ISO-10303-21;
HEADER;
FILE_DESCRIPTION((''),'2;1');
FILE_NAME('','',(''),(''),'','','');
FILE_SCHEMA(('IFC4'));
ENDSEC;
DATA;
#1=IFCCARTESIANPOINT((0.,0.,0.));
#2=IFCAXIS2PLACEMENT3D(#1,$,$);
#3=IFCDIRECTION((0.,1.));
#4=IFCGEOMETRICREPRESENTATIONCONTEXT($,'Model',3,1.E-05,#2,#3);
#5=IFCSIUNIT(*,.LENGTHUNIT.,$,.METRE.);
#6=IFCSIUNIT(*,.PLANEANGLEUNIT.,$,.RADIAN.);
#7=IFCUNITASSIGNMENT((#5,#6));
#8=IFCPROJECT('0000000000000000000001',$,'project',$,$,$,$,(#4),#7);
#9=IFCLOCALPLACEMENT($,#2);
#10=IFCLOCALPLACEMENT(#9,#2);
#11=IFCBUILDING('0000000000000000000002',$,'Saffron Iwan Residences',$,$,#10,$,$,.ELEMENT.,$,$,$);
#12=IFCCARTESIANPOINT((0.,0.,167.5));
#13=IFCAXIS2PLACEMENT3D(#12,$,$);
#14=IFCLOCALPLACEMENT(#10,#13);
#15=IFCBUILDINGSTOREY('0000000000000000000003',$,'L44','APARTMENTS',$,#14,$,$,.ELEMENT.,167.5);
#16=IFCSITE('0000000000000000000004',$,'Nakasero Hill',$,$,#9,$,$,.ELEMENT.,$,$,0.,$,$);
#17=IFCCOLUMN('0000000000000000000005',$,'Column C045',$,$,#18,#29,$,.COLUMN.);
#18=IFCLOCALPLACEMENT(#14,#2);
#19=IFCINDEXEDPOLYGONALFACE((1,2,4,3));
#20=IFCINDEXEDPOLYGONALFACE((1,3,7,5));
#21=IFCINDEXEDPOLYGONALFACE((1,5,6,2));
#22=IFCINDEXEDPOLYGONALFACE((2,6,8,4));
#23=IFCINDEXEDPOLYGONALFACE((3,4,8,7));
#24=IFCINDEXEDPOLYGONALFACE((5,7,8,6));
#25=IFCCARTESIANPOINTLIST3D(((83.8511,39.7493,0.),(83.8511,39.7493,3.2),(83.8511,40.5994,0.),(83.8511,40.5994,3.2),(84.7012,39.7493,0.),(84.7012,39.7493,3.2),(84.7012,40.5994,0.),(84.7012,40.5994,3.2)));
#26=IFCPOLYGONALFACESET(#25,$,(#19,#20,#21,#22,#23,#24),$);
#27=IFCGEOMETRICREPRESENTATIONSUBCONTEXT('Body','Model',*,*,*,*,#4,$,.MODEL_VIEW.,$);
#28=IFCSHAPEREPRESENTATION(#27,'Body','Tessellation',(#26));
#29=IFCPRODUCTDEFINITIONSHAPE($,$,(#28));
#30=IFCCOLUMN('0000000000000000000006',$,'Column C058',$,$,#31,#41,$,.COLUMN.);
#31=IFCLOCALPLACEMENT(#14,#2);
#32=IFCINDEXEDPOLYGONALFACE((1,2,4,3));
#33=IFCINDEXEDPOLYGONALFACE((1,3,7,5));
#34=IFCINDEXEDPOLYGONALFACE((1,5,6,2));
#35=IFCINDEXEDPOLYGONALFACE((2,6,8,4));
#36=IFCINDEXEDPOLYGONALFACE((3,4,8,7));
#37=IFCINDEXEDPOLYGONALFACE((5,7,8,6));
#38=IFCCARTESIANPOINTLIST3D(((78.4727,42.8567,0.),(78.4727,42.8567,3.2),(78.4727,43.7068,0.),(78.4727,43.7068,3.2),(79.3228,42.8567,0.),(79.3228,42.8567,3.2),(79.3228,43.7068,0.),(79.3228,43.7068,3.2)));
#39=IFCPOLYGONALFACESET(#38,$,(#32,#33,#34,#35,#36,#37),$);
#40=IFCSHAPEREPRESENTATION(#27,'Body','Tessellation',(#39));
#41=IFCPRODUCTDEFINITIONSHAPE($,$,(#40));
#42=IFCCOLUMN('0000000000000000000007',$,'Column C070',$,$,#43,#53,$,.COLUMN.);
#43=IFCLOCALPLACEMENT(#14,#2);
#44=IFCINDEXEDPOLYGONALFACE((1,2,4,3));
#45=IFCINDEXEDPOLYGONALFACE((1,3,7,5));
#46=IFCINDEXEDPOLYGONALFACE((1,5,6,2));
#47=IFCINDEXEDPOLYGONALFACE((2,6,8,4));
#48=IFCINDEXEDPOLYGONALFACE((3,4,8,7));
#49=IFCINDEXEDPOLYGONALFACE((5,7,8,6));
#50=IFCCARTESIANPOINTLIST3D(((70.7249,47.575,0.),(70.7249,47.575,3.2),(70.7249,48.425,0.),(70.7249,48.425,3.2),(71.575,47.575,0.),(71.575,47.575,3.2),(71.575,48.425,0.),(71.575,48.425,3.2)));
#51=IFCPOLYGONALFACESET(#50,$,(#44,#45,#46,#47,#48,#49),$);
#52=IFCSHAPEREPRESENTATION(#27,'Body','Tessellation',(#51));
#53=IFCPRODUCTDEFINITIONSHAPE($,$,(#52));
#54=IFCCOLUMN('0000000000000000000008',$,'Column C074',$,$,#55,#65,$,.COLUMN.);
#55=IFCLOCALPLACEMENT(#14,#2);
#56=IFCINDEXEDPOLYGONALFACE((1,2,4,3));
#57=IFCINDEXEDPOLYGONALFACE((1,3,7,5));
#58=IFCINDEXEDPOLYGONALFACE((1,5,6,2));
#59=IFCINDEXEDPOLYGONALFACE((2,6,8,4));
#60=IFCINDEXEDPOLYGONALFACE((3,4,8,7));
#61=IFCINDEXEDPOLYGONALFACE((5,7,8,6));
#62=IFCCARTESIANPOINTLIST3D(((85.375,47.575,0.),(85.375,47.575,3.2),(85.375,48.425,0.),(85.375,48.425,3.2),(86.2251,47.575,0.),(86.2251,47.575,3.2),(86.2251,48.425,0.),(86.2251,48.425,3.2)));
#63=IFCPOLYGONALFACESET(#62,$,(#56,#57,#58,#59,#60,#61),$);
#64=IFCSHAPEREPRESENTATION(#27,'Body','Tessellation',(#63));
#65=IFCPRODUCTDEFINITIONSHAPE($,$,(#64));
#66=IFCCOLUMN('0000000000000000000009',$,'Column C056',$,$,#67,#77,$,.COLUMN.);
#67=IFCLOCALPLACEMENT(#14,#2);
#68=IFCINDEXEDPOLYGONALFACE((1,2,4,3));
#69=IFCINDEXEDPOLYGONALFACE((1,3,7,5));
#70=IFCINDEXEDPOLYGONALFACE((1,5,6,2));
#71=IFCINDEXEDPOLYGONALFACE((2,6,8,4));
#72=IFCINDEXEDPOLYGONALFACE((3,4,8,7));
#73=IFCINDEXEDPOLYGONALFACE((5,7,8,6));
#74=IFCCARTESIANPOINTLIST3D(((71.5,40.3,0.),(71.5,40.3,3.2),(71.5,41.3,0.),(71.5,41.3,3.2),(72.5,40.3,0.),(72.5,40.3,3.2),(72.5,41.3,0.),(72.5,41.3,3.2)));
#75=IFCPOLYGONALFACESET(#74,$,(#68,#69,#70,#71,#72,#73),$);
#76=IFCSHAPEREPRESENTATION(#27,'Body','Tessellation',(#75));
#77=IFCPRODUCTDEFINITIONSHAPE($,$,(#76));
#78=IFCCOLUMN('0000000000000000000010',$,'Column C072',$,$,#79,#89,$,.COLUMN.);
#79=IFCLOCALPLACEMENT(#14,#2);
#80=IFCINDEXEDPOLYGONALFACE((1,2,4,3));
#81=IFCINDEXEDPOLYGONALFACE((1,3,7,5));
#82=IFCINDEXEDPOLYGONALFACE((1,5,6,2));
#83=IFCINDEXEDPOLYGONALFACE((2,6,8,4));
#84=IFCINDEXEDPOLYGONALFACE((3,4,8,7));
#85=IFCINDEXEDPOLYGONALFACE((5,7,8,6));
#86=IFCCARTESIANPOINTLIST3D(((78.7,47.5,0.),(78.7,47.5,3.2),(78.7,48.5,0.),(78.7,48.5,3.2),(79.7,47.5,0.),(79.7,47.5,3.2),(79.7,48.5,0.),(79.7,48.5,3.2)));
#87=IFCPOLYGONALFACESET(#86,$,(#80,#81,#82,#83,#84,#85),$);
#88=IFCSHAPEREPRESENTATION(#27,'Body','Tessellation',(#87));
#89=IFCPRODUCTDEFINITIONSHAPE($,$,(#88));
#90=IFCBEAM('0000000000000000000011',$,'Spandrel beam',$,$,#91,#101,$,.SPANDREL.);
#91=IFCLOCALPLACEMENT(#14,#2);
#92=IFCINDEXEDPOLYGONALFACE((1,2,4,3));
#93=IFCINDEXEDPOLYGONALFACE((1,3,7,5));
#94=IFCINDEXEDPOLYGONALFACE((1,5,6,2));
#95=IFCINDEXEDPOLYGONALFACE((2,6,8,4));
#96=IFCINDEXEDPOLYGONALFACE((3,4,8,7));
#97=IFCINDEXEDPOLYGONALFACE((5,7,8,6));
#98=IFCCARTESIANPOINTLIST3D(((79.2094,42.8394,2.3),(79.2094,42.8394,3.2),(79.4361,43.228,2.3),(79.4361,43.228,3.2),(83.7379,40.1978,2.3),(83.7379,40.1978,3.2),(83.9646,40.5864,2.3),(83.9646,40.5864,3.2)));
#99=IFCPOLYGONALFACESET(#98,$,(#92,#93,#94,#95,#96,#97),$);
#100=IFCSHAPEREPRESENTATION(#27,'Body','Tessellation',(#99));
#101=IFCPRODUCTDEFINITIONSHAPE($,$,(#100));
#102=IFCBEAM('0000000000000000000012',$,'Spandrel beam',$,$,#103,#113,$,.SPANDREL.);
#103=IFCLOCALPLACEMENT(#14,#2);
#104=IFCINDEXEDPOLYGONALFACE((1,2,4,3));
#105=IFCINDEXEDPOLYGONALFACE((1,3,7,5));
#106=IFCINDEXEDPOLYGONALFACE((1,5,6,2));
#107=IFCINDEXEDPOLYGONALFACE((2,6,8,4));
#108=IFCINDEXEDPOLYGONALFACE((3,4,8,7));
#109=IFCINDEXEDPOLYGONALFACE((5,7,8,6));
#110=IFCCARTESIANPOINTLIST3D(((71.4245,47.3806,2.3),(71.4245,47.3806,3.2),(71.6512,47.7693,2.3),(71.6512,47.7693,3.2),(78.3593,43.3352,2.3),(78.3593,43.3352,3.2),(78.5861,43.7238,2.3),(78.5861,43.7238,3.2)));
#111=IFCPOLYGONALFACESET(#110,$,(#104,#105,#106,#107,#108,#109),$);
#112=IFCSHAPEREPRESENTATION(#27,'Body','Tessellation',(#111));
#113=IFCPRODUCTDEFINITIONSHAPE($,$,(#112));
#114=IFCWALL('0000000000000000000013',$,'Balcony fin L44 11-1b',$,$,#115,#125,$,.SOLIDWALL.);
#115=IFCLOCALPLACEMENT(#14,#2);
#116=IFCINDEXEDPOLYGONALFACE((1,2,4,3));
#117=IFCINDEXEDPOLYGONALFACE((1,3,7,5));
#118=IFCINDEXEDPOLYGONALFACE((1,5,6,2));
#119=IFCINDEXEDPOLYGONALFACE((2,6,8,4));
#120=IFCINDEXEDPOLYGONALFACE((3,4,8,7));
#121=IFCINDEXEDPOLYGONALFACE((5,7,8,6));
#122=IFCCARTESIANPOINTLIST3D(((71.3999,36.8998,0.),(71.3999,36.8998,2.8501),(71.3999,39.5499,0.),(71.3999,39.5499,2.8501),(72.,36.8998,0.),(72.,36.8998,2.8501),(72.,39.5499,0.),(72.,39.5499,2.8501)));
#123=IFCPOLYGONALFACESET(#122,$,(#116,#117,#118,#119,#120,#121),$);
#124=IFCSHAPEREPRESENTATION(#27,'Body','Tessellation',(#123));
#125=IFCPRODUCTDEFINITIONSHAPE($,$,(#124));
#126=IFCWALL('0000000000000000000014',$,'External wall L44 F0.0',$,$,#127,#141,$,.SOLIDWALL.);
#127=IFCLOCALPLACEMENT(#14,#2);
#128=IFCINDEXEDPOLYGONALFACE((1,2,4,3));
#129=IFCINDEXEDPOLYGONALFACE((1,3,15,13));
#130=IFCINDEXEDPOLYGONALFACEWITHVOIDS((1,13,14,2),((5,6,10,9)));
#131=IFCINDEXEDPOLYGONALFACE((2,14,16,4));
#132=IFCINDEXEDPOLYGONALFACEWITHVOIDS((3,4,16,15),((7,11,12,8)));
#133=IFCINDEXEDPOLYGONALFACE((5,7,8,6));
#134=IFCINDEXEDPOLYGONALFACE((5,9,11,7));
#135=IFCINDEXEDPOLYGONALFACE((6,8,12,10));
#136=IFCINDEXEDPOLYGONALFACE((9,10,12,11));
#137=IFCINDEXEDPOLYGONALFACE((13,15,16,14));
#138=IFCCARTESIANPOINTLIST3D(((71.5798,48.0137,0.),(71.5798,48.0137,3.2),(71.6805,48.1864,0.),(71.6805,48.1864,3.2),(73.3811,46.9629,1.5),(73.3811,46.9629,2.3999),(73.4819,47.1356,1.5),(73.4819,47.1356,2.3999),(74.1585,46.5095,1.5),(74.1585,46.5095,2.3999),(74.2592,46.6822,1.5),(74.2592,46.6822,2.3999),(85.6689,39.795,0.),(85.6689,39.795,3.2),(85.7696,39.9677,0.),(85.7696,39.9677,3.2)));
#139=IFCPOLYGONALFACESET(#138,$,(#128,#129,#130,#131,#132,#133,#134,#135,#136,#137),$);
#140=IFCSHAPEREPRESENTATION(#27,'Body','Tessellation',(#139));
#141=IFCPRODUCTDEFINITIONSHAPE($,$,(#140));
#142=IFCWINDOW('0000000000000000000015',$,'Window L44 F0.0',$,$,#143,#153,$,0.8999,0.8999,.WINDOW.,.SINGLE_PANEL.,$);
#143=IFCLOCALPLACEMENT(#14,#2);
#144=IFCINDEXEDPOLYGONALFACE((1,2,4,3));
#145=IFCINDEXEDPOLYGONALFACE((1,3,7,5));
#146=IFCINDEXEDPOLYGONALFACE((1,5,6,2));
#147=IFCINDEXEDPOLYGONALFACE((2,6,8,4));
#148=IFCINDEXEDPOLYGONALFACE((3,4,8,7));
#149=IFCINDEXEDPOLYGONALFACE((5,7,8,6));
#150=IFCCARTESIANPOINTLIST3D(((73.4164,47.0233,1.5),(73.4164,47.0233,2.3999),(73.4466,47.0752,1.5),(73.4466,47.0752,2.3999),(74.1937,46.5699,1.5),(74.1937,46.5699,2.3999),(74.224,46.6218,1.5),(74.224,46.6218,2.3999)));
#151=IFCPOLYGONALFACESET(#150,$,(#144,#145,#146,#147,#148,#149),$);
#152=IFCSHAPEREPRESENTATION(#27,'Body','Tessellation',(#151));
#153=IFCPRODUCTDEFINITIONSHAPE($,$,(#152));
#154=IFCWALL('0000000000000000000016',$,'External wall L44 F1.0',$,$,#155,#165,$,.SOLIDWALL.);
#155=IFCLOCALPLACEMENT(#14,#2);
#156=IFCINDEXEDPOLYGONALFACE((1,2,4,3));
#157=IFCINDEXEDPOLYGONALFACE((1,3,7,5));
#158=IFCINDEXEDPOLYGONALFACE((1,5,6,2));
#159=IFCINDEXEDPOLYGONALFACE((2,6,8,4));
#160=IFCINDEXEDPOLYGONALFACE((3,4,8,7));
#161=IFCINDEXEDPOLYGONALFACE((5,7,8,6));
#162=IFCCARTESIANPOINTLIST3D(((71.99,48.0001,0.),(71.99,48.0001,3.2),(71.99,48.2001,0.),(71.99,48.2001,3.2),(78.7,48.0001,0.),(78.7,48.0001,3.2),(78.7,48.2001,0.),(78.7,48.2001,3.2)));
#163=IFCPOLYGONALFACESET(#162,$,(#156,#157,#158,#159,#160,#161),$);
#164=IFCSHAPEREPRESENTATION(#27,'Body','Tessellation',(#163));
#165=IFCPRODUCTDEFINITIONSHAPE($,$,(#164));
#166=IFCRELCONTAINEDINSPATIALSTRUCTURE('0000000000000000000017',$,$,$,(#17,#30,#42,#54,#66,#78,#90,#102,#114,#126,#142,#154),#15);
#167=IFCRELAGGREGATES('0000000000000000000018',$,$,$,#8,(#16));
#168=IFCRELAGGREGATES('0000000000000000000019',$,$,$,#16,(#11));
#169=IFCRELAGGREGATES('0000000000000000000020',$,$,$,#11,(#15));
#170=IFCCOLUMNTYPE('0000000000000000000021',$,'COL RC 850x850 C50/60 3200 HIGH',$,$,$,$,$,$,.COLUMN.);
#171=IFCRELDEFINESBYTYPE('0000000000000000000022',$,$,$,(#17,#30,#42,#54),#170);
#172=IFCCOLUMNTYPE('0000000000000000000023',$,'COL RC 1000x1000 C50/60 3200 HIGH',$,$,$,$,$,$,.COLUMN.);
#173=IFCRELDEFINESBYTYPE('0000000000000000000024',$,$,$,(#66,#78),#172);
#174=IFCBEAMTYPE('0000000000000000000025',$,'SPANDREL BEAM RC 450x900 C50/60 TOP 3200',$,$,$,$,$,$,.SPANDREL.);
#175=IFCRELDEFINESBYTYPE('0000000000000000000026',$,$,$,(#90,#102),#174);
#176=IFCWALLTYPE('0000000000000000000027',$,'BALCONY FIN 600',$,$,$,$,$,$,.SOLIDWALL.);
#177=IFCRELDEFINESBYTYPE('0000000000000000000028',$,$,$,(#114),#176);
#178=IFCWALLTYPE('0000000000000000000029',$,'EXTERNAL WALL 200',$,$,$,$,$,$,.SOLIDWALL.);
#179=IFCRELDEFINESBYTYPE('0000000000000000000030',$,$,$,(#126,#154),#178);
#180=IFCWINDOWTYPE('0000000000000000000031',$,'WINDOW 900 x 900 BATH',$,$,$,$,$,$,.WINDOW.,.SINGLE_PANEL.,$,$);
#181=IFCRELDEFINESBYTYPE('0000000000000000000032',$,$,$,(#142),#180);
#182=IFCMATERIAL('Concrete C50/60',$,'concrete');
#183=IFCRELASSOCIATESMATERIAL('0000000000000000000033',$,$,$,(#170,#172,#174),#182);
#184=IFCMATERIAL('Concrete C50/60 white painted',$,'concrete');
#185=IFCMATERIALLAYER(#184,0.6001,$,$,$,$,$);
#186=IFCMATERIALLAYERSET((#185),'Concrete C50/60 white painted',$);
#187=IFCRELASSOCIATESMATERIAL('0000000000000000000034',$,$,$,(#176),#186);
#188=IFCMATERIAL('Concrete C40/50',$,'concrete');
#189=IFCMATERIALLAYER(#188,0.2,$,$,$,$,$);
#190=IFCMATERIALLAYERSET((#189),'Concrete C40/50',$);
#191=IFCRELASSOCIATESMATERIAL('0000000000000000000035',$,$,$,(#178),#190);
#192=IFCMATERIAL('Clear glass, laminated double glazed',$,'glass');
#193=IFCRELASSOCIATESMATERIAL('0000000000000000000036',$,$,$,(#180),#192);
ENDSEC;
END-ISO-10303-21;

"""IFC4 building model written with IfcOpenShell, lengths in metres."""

from ifc_helpers import new_model, si_unit, direction, frame, frame_2d, origin, origin_2d, place, context, subcontext, project, spatial, rectangle, extrude, source, transform, mapped, material, layer, layer_set, material_profile, profile_set, type_object, element, fill, save


model = new_model("IFC4")

# Units and contexts
model_context = context("Model", 3, precision=1e-05, world=origin(), true_north=direction((0.0, 1.0)))
body_context = subcontext(model_context, "Body", "Model", "MODEL_VIEW")
ifc_project = project(units=[si_unit("LENGTHUNIT", "METRE"), si_unit("PLANEANGLEUNIT", "RADIAN")], contexts=[model_context])

# Site, building, storey
site_placement = place(None, origin())
site = spatial("IfcSite", under=ifc_project, at=site_placement, Name="Nakasero Hill", CompositionType="ELEMENT", RefElevation=0.0)
building_placement = place(site_placement, origin())
building = spatial("IfcBuilding", under=site, at=building_placement, Name="Saffron Iwan Residences", CompositionType="ELEMENT")
storey_placement = place(building_placement, frame((0.0, 0.0, 167.5)))
storey = spatial("IfcBuildingStorey", under=building, at=storey_placement, Name="L44", Description="APARTMENTS", CompositionType="ELEMENT", Elevation=167.5)

# Columns
ifc_material_1 = material(Name="Concrete C50/60", Category="concrete")
ifc_material_profile_1 = material_profile(ifc_material_1, rectangle(XDim=0.8501, YDim=0.8501, at=origin_2d()), Name="RC 850x850")
ifc_profile_set_1 = profile_set([ifc_material_profile_1], Name="Concrete C50/60")
column_type_1 = type_object("IfcColumnType", Name="COL RC 850x850 C50/60 3200 HIGH", PredefinedType="COLUMN", material=ifc_profile_set_1)
shared_shape_1 = source(origin(), body_context, "Body", "SweptSolid", [
    extrude(rectangle(XDim=0.8501, YDim=0.8501, at=origin_2d()), origin(), (0.0, 0.0, 1.0), 3.2),
])
for number, where, z_axis, x_axis, name in (
    (1, (84.2761, 40.1743, 0.0), (0.0, 0.0, 1.0), (1.0, 0.0, 0.0), "Column C045"),
    (2, (78.8977, 43.2817, 0.0), (0.0, 0.0, 1.0), (1.0, 0.0, 0.0), "Column C058"),
    (3, (71.1499, 48.0, 0.0), (0.0, 0.0, 1.0), (1.0, 0.0, 0.0), "Column C070"),
    (4, (85.8, 48.0, 0.0), (0.0, 0.0, 1.0), (1.0, 0.0, 0.0), "Column C074"),
):
    element("IfcColumn", number, at=place(storey_placement, frame(where, z_axis=z_axis, x_axis=x_axis)), inside=storey, type_object=column_type_1, Name=name, PredefinedType="COLUMN", context=body_context, shape_type="MappedRepresentation", body=[
        mapped(shared_shape_1, transform((0.0, 0.0, 0.0))),
    ])
ifc_material_profile_2 = material_profile(ifc_material_1, rectangle(XDim=1.0, YDim=1.0, at=origin_2d()), Name="RC 1000x1000")
ifc_profile_set_2 = profile_set([ifc_material_profile_2], Name="Concrete C50/60")
column_type_2 = type_object("IfcColumnType", Name="COL RC 1000x1000 C50/60 3200 HIGH", PredefinedType="COLUMN", material=ifc_profile_set_2)
shared_shape_2 = source(origin(), body_context, "Body", "SweptSolid", [
    extrude(rectangle(XDim=1.0, YDim=1.0, at=origin_2d()), origin(), (0.0, 0.0, 1.0), 3.2),
])
for number, where, z_axis, x_axis, name in (
    (5, (72.0, 40.8, 0.0), (0.0, 0.0, 1.0), (1.0, 0.0, 0.0), "Column C056"),
    (6, (79.2, 48.0, 0.0), (0.0, 0.0, 1.0), (1.0, 0.0, 0.0), "Column C072"),
):
    element("IfcColumn", number, at=place(storey_placement, frame(where, z_axis=z_axis, x_axis=x_axis)), inside=storey, type_object=column_type_2, Name=name, PredefinedType="COLUMN", context=body_context, shape_type="MappedRepresentation", body=[
        mapped(shared_shape_2, transform((0.0, 0.0, 0.0))),
    ])

# Beams
ifc_material_profile_3 = material_profile(ifc_material_1, rectangle(XDim=0.45, YDim=0.8999, at=origin_2d()), Name="RC 450x900")
ifc_profile_set_3 = profile_set([ifc_material_profile_3], Name="Concrete C50/60")
beam_type = type_object("IfcBeamType", Name="SPANDREL BEAM RC 450x900 C50/60 TOP 3200", PredefinedType="SPANDREL", material=ifc_profile_set_3)
shared_shape_3 = source(origin(), body_context, "Body", "SweptSolid", [
    extrude(rectangle(XDim=0.45, YDim=0.8999, at=origin_2d()), origin(), (0.0, 0.0, 1.0), 5.2427),
])
beam_1_placement = place(storey_placement, frame((79.3228, 43.0337, 2.75), z_axis=(0.863784, -0.503862, 0.0), x_axis=(0.503862, 0.863784, 0.0)))
element("IfcBeam", 7, at=beam_1_placement, inside=storey, type_object=beam_type, Name="Spandrel beam", PredefinedType="SPANDREL", context=body_context, shape_type="MappedRepresentation", body=[
    mapped(shared_shape_3, transform((0.0, 0.0, 0.0))),
])
shared_shape_4 = source(origin(), body_context, "Body", "SweptSolid", [
    extrude(rectangle(XDim=0.45, YDim=0.8999, at=origin_2d()), origin(), (0.0, 0.0, 1.0), 8.0286),
])
beam_2_placement = place(storey_placement, frame((71.5378, 47.575, 2.75), z_axis=(0.863773, -0.50388, 0.0), x_axis=(0.50388, 0.863773, 0.0)))
element("IfcBeam", 8, at=beam_2_placement, inside=storey, type_object=beam_type, Name="Spandrel beam", PredefinedType="SPANDREL", context=body_context, shape_type="MappedRepresentation", body=[
    mapped(shared_shape_4, transform((0.0, 0.0, 0.0))),
])

# Wall
ifc_material_2 = material(Name="Concrete C50/60 white painted", Category="concrete")
ifc_layer_1 = layer(ifc_material_2, 0.6001)
ifc_layer_set_1 = layer_set([ifc_layer_1], Name="Concrete C50/60 white painted")
wall_type_1 = type_object("IfcWallType", Name="BALCONY FIN 600", PredefinedType="SOLIDWALL", material=ifc_layer_set_1)
wall_1_placement = place(storey_placement, frame((71.7, 39.55, 0.0), z_axis=(0.0, 0.0, 1.0), x_axis=(0.0, -1.0, 0.0)))
element("IfcWall", 9, at=wall_1_placement, inside=storey, type_object=wall_type_1, Name="Balcony fin L44 11-1b", PredefinedType="SOLIDWALL", context=body_context, shape_type="SweptSolid", body=[
    extrude(rectangle(XDim=2.6501, YDim=0.6001, at=frame_2d((1.3252, 0.0))), origin(), (0.0, 0.0, 1.0), 2.8501),
])

# Wall, opening, window
ifc_material_3 = material(Name="Concrete C40/50", Category="concrete")
ifc_layer_2 = layer(ifc_material_3, 0.2)
ifc_layer_set_2 = layer_set([ifc_layer_2], Name="Concrete C40/50")
wall_type_2 = type_object("IfcWallType", Name="EXTERNAL WALL 200", PredefinedType="SOLIDWALL", material=ifc_layer_set_2)
wall_2_placement = place(storey_placement, frame((85.7192, 39.8813, 0.0), z_axis=(0.0, 0.0, 1.0), x_axis=(-0.863776, 0.503876, 0.0)))
wall_2 = element("IfcWall", 10, at=wall_2_placement, inside=storey, type_object=wall_type_2, Name="External wall L44 F0.0", PredefinedType="SOLIDWALL", context=body_context, shape_type="SweptSolid", body=[
    extrude(rectangle(XDim=16.311, YDim=0.2, at=frame_2d((8.1555, 0.0))), origin(), (0.0, 0.0, 1.0), 3.2),
])
opening_1_placement = place(wall_2_placement, frame((13.3257, 0.0, 1.5)))
opening_1 = element("IfcOpeningElement", 11, at=opening_1_placement, cuts=wall_2, PredefinedType="OPENING", context=body_context, shape_type="SweptSolid", body=[
    extrude(rectangle(XDim=0.8999, YDim=0.8999, at=frame_2d((0.45, 0.45))), frame((0.0, 0.1099, 0.0), z_axis=(0.0, -1.0, 0.0), x_axis=(1.0, 0.0, 0.0)), (0.0, 0.0, 1.0), 0.22),
])
ifc_material_4 = material(Name="Clear glass, laminated double glazed", Category="glass")
window_type_1 = type_object("IfcWindowType", Name="WINDOW 900 x 900 BATH", PartitioningType="SINGLE_PANEL", PredefinedType="WINDOW", material=ifc_material_4)
window_1_placement = place(opening_1_placement, origin())
window_1 = element("IfcWindow", 12, at=window_1_placement, inside=storey, type_object=window_type_1, Name="Window L44 F0.0", OverallHeight=0.8999, OverallWidth=0.8999, PartitioningType="SINGLE_PANEL", PredefinedType="WINDOW", context=body_context, shape_type="SweptSolid", body=[
    extrude(rectangle(XDim=0.8999, YDim=0.8999, at=frame_2d((0.45, 0.45))), frame((0.0, 0.03, 0.0), z_axis=(0.0, -1.0, 0.0), x_axis=(1.0, 0.0, 0.0)), (0.0, 0.0, 1.0), 0.0601),
])
fill(opening_1, window_1)

# Wall
wall_3_placement = place(storey_placement, frame((71.99, 48.1001, 0.0), z_axis=(0.0, 0.0, 1.0), x_axis=(1.0, 0.0, 0.0)))
element("IfcWall", 13, at=wall_3_placement, inside=storey, type_object=wall_type_2, Name="External wall L44 F1.0", PredefinedType="SOLIDWALL", context=body_context, shape_type="SweptSolid", body=[
    extrude(rectangle(XDim=6.71, YDim=0.2, at=frame_2d((3.355, 0.0))), origin(), (0.0, 0.0, 1.0), 3.2),
])

save(model, "model.ifc")
